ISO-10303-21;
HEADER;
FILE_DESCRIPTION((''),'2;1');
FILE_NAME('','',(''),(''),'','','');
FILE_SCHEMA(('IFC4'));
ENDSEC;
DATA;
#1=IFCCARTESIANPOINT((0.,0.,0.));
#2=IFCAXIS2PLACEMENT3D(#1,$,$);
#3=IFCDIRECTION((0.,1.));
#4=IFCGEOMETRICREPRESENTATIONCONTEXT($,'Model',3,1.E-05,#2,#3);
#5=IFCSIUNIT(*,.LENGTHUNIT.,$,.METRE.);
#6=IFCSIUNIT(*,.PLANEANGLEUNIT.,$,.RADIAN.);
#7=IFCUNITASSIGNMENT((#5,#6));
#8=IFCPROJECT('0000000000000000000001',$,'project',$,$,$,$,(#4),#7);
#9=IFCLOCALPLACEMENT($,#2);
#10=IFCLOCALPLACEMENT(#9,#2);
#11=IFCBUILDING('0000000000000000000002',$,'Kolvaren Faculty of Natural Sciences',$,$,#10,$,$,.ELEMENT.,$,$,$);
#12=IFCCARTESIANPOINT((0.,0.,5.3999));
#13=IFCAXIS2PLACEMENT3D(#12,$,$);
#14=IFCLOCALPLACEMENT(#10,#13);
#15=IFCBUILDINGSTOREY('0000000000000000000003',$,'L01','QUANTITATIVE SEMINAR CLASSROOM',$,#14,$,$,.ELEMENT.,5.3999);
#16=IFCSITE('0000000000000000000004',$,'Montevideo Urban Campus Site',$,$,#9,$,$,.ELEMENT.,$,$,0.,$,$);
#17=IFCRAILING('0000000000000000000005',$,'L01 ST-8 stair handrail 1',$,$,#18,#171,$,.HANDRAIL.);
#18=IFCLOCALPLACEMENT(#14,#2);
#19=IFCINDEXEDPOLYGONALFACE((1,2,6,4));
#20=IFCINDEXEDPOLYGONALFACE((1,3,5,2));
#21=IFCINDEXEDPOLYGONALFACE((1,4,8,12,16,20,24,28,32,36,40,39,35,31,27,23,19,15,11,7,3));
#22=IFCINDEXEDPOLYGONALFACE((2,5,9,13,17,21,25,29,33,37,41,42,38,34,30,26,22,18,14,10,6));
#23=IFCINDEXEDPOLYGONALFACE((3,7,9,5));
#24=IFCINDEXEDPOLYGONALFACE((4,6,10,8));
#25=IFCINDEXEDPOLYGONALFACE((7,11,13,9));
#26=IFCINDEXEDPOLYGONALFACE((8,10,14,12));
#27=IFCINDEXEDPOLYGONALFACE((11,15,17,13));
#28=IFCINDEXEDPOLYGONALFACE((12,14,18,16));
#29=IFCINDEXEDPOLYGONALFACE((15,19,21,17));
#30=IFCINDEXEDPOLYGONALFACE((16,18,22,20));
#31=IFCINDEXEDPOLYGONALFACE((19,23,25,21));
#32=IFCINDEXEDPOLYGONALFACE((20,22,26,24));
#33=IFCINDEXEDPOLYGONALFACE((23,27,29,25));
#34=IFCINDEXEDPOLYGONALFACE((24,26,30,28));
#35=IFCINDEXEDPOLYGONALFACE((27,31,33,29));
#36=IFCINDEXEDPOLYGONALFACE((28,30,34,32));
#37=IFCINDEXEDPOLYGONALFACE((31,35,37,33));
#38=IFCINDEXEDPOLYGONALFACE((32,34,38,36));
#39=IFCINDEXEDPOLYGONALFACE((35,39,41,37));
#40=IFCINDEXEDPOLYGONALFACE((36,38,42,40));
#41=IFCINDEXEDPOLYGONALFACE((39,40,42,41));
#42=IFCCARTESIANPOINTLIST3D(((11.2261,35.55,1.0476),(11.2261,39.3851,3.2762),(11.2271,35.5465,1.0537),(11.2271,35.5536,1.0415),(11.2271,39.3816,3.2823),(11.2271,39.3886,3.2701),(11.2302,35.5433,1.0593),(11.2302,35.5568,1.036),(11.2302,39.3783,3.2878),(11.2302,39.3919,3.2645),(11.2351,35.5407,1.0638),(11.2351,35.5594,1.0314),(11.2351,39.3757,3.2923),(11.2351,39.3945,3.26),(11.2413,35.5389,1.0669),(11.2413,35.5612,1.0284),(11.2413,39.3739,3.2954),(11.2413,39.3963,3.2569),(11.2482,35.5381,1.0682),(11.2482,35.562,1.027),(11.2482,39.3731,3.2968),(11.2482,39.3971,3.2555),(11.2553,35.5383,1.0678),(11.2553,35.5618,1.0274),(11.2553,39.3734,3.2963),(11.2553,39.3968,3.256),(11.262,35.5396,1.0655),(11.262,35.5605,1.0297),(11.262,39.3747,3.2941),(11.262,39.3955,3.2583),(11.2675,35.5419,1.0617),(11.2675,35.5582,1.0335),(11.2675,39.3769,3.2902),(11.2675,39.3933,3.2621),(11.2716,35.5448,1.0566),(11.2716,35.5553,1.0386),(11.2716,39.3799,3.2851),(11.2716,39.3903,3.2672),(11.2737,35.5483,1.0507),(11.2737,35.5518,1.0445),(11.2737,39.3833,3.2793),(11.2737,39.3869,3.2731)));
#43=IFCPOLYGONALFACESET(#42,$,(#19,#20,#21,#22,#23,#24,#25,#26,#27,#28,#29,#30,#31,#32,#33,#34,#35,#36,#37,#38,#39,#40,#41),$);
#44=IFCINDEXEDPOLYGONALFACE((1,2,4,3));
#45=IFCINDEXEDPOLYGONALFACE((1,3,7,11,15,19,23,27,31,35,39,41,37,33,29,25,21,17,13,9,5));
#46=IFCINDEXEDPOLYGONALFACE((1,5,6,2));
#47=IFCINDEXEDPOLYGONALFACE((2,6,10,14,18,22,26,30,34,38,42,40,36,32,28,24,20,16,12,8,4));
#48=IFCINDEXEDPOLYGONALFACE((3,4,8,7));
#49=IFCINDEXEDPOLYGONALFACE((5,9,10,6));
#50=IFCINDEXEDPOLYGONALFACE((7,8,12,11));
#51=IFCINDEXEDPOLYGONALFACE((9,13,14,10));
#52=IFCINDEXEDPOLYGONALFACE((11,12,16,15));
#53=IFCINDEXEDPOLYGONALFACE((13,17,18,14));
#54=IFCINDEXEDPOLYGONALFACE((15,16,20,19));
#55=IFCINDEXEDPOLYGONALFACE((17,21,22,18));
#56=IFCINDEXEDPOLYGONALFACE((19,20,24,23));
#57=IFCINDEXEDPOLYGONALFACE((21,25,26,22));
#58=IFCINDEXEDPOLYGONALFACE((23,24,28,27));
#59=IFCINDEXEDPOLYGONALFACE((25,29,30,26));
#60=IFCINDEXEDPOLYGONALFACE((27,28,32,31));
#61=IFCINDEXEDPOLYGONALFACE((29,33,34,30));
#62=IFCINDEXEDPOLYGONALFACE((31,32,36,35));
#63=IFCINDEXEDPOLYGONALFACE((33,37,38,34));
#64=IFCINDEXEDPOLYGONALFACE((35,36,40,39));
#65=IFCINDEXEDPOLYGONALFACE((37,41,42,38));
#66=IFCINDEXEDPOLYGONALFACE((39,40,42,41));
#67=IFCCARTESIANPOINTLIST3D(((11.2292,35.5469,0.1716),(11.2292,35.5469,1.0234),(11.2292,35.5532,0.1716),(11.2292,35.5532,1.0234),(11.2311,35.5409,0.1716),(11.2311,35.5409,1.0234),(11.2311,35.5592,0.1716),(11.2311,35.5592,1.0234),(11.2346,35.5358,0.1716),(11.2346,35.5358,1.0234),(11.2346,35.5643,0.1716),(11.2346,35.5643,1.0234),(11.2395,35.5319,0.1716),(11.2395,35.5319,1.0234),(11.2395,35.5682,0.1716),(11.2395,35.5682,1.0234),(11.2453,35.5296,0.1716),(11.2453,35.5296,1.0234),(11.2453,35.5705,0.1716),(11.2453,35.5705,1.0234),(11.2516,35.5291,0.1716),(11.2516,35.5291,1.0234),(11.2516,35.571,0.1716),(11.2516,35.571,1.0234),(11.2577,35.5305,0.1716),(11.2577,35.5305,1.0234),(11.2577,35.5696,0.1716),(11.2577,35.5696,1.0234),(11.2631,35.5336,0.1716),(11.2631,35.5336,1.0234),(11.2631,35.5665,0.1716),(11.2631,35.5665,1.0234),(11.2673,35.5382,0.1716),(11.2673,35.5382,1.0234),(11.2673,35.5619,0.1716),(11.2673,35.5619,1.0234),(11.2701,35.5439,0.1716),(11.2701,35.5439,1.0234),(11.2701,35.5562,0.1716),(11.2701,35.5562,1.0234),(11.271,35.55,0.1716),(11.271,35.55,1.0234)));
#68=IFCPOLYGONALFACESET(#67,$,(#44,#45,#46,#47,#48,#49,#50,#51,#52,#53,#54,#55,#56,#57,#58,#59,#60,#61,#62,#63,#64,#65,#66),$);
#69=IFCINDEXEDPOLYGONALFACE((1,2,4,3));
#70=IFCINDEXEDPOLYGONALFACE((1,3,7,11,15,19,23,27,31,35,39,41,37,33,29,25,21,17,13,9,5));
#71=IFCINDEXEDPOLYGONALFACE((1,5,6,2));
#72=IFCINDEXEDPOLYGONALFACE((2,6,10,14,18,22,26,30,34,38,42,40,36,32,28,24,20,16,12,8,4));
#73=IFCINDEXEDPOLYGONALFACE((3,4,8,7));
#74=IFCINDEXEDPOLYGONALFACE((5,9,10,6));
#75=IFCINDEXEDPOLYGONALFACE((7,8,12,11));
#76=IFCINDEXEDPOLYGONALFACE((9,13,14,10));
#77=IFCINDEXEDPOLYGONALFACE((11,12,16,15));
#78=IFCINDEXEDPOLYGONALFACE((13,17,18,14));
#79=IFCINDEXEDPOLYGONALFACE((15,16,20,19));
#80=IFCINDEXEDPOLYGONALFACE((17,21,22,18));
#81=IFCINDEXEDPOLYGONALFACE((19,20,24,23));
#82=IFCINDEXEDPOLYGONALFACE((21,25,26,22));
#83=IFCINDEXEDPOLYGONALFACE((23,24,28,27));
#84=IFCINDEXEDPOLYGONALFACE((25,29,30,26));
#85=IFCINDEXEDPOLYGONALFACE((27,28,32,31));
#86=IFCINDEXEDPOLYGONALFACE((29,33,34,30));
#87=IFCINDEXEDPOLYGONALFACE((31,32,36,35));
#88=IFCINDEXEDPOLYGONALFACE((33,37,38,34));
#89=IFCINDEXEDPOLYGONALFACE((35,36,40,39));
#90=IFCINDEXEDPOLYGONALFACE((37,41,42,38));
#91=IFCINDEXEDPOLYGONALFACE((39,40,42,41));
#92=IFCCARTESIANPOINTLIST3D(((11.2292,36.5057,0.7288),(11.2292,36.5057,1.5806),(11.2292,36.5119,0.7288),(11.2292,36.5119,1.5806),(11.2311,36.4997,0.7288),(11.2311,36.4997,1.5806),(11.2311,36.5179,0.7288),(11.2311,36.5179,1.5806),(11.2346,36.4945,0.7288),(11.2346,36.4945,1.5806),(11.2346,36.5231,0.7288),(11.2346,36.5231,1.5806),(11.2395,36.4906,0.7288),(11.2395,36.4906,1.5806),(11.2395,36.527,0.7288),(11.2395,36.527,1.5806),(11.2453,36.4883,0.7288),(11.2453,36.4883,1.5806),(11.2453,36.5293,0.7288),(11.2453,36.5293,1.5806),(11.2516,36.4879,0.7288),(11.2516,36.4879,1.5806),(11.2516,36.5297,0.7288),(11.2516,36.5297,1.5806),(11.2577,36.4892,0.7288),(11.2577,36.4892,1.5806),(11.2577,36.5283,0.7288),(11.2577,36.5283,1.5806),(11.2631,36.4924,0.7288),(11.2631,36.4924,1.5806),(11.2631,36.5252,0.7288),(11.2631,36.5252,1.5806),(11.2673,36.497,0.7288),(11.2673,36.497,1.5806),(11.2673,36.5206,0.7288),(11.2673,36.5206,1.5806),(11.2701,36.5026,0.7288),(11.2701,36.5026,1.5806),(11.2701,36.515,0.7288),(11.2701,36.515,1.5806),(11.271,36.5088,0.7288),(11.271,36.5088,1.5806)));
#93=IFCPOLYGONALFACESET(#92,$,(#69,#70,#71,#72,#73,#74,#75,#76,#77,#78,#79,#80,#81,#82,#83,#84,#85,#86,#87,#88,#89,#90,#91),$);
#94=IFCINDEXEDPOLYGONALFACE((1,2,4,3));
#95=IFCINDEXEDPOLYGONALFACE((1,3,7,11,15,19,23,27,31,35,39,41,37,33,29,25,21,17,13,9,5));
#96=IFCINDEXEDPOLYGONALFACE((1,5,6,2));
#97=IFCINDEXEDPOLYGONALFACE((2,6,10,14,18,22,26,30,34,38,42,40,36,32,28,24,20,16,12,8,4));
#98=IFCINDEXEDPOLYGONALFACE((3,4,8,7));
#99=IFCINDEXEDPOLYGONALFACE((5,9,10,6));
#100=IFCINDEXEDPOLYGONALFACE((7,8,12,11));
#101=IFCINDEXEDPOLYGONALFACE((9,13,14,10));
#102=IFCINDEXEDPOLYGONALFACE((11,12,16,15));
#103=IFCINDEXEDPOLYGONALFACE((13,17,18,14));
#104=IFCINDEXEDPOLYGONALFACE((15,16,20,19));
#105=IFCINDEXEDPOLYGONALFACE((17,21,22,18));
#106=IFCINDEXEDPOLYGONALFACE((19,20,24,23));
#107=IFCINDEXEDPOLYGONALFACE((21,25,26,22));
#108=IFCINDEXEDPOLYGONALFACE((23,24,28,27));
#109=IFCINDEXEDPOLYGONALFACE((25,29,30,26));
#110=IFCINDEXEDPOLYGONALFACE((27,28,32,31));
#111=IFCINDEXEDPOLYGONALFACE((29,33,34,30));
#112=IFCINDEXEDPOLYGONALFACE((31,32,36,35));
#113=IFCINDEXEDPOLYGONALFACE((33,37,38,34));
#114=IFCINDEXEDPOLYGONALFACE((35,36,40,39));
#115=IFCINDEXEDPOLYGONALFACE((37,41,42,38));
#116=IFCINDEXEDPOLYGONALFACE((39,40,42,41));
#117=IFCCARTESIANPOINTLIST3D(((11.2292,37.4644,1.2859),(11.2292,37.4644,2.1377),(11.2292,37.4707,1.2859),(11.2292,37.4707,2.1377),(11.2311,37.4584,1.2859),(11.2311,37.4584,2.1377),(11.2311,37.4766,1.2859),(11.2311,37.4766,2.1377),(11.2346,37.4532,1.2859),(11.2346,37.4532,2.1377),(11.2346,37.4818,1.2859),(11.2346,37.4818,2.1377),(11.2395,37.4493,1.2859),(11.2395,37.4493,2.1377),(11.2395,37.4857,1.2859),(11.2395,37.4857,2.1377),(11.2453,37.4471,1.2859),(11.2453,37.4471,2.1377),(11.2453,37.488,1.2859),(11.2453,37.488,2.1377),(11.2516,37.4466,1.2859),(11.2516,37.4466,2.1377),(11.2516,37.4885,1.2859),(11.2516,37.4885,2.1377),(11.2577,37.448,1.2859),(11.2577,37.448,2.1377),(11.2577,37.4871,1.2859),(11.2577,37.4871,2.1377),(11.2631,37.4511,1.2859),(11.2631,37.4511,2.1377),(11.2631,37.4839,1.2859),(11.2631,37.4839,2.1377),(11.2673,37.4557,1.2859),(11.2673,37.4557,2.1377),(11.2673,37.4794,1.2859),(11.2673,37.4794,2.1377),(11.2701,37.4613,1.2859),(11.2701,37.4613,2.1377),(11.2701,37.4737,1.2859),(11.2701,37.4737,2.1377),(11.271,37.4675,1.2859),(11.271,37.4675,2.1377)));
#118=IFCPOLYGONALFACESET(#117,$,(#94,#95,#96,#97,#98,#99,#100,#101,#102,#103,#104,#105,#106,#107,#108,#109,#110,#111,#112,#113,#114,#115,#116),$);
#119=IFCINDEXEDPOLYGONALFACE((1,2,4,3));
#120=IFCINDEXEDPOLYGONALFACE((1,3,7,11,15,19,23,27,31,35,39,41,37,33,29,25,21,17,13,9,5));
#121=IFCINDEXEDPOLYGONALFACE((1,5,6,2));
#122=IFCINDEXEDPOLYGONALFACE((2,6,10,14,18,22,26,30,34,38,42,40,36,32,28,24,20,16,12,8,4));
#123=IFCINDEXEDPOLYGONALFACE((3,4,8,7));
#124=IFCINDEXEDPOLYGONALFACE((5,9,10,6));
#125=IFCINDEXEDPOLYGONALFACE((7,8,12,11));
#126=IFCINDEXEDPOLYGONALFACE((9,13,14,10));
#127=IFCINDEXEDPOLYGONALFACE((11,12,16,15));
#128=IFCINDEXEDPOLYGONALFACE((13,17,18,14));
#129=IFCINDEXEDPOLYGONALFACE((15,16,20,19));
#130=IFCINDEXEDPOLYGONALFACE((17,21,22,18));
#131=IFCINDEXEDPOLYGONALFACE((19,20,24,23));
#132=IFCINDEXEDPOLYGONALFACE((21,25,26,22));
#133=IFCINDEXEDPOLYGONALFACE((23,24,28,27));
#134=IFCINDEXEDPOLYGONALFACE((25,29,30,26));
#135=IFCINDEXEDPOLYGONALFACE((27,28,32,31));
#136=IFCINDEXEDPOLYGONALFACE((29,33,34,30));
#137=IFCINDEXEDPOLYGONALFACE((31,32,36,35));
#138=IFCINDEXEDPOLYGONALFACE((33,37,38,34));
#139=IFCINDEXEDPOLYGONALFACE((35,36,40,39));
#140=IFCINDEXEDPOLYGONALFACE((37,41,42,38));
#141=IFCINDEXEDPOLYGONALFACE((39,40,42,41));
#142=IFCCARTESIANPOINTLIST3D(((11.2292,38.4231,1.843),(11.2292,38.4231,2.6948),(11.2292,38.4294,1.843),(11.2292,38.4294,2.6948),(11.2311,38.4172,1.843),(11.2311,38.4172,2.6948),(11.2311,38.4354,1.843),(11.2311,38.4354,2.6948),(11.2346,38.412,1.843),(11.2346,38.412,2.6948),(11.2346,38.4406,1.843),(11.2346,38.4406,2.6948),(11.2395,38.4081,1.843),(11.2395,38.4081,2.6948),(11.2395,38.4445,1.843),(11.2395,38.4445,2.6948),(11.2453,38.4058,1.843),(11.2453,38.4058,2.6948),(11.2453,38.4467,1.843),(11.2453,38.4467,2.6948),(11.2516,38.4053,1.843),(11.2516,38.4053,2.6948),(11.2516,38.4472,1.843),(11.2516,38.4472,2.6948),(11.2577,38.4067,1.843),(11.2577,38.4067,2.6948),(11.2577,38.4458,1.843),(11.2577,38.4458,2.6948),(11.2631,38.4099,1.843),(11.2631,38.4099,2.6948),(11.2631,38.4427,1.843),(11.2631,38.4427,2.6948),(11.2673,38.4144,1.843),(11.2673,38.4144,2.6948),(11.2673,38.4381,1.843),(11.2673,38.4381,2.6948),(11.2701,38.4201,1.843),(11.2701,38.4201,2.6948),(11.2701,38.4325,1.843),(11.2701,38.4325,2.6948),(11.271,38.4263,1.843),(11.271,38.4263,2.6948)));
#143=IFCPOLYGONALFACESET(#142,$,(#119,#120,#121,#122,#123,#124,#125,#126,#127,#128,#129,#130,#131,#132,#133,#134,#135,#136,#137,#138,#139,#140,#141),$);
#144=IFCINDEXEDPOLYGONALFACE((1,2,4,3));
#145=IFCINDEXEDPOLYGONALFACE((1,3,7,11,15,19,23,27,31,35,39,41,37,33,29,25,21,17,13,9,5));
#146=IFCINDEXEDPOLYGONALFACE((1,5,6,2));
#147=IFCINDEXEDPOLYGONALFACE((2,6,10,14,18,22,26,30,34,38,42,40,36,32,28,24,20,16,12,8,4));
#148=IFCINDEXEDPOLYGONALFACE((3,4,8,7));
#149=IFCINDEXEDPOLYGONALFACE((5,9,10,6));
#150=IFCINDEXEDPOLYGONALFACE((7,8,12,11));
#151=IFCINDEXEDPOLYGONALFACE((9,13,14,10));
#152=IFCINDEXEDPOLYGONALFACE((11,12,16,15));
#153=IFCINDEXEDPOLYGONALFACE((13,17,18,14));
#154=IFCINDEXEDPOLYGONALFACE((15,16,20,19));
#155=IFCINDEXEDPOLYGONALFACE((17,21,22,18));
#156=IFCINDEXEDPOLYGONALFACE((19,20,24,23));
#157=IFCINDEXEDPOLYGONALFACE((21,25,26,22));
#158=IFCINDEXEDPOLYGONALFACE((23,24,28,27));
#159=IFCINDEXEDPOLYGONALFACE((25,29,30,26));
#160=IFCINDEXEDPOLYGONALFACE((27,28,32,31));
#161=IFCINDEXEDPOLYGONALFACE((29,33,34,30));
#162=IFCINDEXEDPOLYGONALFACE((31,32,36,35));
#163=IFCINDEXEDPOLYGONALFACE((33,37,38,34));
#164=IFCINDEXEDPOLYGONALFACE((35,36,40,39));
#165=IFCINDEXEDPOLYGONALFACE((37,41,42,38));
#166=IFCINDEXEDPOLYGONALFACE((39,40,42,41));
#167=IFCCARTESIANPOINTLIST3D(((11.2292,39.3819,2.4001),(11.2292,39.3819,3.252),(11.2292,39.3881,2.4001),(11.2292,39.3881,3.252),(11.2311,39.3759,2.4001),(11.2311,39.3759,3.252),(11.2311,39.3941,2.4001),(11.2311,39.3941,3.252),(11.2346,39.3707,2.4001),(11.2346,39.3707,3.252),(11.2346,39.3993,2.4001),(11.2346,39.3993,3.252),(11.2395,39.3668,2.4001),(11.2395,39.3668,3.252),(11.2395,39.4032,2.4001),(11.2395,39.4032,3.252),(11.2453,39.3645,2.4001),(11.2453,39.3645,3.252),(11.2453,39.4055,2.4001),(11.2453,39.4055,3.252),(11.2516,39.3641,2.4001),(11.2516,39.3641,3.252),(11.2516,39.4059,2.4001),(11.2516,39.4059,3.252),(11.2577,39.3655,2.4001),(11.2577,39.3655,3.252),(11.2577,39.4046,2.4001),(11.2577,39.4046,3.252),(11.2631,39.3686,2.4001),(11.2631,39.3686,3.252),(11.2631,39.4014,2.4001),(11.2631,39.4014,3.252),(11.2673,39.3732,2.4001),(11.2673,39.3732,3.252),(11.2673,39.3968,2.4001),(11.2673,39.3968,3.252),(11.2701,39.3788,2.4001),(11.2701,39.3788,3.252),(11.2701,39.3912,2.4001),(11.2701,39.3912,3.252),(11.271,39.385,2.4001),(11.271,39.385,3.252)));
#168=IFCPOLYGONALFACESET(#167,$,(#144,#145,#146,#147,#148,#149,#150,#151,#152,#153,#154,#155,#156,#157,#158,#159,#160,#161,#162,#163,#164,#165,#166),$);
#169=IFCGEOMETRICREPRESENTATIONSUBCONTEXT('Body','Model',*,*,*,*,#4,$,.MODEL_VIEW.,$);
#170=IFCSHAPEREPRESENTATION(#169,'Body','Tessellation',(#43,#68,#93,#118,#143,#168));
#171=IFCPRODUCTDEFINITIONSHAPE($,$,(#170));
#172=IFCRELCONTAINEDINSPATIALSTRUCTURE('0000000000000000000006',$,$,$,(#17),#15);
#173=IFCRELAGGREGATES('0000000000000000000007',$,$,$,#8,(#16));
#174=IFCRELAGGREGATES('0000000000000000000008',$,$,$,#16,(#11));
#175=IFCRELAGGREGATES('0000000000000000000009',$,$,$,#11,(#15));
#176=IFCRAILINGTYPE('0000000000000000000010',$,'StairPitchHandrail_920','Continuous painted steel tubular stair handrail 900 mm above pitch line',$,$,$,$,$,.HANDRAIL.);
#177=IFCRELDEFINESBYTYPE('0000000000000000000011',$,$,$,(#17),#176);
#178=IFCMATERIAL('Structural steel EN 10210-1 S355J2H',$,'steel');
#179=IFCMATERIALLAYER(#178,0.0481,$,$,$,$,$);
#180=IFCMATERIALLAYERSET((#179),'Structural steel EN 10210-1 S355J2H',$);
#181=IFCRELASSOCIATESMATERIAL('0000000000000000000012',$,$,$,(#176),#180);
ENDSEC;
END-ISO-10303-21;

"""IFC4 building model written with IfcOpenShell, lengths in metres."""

from ifc_helpers import new_model, si_unit, direction, frame, origin, origin_2d, place, context, subcontext, project, spatial, circle, extrude, material, layer, layer_set, type_object, element, save


model = new_model("IFC4")

# Units and contexts
model_context = context("Model", 3, precision=1e-05, world=origin(), true_north=direction((0.0, 1.0)))
body_context = subcontext(model_context, "Body", "Model", "MODEL_VIEW")
ifc_project = project(units=[si_unit("LENGTHUNIT", "METRE"), si_unit("PLANEANGLEUNIT", "RADIAN")], contexts=[model_context])

# Site, building, storey
site_placement = place(None, origin())
site = spatial("IfcSite", under=ifc_project, at=site_placement, Name="Montevideo Urban Campus Site", CompositionType="ELEMENT", RefElevation=0.0)
building_placement = place(site_placement, origin())
building = spatial("IfcBuilding", under=site, at=building_placement, Name="Kolvaren Faculty of Natural Sciences", CompositionType="ELEMENT")
storey_placement = place(building_placement, frame((0.0, 0.0, 5.3999)))
storey = spatial("IfcBuildingStorey", under=building, at=storey_placement, Name="L01", Description="QUANTITATIVE SEMINAR CLASSROOM", CompositionType="ELEMENT", Elevation=5.3999)

# Railing
ifc_material_1 = material(Name="Structural steel EN 10210-1 S355J2H", Category="steel")
ifc_layer_1 = layer(ifc_material_1, 0.0481)
ifc_layer_set_1 = layer_set([ifc_layer_1], Name="Structural steel EN 10210-1 S355J2H")
railing_type_1 = type_object("IfcRailingType", Name="StairPitchHandrail_920", Description="Continuous painted steel tubular stair handrail 900 mm above pitch line", PredefinedType="HANDRAIL", material=ifc_layer_set_1)
railing_1_placement = place(storey_placement, frame((11.25, 35.55, 0.1716)))
element("IfcRailing", 1, at=railing_1_placement, inside=storey, type_object=railing_type_1, Name="L01 ST-8 stair handrail 1", PredefinedType="HANDRAIL", context=body_context, shape_type="SweptSolid", body=[
    extrude(circle(Radius=0.0239, at=origin_2d()), frame((0.0, 0.0, 0.876), z_axis=(0.0, 0.864616, 0.502433), x_axis=(-1.0, 0.0, 0.0)), (0.0, 0.0, 1.0), 4.4355),
    extrude(circle(Radius=0.021, at=origin_2d()), origin(), (0.0, 0.0, 1.0), 0.8518),
    extrude(circle(Radius=0.021, at=origin_2d()), frame((0.0, 0.9587, 0.5571)), (0.0, 0.0, 1.0), 0.8518),
    extrude(circle(Radius=0.021, at=origin_2d()), frame((0.0, 1.9175, 1.1143)), (0.0, 0.0, 1.0), 0.8518),
    extrude(circle(Radius=0.021, at=origin_2d()), frame((0.0, 2.8762, 1.6714)), (0.0, 0.0, 1.0), 0.8518),
    extrude(circle(Radius=0.021, at=origin_2d()), frame((0.0, 3.835, 2.2285)), (0.0, 0.0, 1.0), 0.8518),
])

save(model, "model.ifc")
